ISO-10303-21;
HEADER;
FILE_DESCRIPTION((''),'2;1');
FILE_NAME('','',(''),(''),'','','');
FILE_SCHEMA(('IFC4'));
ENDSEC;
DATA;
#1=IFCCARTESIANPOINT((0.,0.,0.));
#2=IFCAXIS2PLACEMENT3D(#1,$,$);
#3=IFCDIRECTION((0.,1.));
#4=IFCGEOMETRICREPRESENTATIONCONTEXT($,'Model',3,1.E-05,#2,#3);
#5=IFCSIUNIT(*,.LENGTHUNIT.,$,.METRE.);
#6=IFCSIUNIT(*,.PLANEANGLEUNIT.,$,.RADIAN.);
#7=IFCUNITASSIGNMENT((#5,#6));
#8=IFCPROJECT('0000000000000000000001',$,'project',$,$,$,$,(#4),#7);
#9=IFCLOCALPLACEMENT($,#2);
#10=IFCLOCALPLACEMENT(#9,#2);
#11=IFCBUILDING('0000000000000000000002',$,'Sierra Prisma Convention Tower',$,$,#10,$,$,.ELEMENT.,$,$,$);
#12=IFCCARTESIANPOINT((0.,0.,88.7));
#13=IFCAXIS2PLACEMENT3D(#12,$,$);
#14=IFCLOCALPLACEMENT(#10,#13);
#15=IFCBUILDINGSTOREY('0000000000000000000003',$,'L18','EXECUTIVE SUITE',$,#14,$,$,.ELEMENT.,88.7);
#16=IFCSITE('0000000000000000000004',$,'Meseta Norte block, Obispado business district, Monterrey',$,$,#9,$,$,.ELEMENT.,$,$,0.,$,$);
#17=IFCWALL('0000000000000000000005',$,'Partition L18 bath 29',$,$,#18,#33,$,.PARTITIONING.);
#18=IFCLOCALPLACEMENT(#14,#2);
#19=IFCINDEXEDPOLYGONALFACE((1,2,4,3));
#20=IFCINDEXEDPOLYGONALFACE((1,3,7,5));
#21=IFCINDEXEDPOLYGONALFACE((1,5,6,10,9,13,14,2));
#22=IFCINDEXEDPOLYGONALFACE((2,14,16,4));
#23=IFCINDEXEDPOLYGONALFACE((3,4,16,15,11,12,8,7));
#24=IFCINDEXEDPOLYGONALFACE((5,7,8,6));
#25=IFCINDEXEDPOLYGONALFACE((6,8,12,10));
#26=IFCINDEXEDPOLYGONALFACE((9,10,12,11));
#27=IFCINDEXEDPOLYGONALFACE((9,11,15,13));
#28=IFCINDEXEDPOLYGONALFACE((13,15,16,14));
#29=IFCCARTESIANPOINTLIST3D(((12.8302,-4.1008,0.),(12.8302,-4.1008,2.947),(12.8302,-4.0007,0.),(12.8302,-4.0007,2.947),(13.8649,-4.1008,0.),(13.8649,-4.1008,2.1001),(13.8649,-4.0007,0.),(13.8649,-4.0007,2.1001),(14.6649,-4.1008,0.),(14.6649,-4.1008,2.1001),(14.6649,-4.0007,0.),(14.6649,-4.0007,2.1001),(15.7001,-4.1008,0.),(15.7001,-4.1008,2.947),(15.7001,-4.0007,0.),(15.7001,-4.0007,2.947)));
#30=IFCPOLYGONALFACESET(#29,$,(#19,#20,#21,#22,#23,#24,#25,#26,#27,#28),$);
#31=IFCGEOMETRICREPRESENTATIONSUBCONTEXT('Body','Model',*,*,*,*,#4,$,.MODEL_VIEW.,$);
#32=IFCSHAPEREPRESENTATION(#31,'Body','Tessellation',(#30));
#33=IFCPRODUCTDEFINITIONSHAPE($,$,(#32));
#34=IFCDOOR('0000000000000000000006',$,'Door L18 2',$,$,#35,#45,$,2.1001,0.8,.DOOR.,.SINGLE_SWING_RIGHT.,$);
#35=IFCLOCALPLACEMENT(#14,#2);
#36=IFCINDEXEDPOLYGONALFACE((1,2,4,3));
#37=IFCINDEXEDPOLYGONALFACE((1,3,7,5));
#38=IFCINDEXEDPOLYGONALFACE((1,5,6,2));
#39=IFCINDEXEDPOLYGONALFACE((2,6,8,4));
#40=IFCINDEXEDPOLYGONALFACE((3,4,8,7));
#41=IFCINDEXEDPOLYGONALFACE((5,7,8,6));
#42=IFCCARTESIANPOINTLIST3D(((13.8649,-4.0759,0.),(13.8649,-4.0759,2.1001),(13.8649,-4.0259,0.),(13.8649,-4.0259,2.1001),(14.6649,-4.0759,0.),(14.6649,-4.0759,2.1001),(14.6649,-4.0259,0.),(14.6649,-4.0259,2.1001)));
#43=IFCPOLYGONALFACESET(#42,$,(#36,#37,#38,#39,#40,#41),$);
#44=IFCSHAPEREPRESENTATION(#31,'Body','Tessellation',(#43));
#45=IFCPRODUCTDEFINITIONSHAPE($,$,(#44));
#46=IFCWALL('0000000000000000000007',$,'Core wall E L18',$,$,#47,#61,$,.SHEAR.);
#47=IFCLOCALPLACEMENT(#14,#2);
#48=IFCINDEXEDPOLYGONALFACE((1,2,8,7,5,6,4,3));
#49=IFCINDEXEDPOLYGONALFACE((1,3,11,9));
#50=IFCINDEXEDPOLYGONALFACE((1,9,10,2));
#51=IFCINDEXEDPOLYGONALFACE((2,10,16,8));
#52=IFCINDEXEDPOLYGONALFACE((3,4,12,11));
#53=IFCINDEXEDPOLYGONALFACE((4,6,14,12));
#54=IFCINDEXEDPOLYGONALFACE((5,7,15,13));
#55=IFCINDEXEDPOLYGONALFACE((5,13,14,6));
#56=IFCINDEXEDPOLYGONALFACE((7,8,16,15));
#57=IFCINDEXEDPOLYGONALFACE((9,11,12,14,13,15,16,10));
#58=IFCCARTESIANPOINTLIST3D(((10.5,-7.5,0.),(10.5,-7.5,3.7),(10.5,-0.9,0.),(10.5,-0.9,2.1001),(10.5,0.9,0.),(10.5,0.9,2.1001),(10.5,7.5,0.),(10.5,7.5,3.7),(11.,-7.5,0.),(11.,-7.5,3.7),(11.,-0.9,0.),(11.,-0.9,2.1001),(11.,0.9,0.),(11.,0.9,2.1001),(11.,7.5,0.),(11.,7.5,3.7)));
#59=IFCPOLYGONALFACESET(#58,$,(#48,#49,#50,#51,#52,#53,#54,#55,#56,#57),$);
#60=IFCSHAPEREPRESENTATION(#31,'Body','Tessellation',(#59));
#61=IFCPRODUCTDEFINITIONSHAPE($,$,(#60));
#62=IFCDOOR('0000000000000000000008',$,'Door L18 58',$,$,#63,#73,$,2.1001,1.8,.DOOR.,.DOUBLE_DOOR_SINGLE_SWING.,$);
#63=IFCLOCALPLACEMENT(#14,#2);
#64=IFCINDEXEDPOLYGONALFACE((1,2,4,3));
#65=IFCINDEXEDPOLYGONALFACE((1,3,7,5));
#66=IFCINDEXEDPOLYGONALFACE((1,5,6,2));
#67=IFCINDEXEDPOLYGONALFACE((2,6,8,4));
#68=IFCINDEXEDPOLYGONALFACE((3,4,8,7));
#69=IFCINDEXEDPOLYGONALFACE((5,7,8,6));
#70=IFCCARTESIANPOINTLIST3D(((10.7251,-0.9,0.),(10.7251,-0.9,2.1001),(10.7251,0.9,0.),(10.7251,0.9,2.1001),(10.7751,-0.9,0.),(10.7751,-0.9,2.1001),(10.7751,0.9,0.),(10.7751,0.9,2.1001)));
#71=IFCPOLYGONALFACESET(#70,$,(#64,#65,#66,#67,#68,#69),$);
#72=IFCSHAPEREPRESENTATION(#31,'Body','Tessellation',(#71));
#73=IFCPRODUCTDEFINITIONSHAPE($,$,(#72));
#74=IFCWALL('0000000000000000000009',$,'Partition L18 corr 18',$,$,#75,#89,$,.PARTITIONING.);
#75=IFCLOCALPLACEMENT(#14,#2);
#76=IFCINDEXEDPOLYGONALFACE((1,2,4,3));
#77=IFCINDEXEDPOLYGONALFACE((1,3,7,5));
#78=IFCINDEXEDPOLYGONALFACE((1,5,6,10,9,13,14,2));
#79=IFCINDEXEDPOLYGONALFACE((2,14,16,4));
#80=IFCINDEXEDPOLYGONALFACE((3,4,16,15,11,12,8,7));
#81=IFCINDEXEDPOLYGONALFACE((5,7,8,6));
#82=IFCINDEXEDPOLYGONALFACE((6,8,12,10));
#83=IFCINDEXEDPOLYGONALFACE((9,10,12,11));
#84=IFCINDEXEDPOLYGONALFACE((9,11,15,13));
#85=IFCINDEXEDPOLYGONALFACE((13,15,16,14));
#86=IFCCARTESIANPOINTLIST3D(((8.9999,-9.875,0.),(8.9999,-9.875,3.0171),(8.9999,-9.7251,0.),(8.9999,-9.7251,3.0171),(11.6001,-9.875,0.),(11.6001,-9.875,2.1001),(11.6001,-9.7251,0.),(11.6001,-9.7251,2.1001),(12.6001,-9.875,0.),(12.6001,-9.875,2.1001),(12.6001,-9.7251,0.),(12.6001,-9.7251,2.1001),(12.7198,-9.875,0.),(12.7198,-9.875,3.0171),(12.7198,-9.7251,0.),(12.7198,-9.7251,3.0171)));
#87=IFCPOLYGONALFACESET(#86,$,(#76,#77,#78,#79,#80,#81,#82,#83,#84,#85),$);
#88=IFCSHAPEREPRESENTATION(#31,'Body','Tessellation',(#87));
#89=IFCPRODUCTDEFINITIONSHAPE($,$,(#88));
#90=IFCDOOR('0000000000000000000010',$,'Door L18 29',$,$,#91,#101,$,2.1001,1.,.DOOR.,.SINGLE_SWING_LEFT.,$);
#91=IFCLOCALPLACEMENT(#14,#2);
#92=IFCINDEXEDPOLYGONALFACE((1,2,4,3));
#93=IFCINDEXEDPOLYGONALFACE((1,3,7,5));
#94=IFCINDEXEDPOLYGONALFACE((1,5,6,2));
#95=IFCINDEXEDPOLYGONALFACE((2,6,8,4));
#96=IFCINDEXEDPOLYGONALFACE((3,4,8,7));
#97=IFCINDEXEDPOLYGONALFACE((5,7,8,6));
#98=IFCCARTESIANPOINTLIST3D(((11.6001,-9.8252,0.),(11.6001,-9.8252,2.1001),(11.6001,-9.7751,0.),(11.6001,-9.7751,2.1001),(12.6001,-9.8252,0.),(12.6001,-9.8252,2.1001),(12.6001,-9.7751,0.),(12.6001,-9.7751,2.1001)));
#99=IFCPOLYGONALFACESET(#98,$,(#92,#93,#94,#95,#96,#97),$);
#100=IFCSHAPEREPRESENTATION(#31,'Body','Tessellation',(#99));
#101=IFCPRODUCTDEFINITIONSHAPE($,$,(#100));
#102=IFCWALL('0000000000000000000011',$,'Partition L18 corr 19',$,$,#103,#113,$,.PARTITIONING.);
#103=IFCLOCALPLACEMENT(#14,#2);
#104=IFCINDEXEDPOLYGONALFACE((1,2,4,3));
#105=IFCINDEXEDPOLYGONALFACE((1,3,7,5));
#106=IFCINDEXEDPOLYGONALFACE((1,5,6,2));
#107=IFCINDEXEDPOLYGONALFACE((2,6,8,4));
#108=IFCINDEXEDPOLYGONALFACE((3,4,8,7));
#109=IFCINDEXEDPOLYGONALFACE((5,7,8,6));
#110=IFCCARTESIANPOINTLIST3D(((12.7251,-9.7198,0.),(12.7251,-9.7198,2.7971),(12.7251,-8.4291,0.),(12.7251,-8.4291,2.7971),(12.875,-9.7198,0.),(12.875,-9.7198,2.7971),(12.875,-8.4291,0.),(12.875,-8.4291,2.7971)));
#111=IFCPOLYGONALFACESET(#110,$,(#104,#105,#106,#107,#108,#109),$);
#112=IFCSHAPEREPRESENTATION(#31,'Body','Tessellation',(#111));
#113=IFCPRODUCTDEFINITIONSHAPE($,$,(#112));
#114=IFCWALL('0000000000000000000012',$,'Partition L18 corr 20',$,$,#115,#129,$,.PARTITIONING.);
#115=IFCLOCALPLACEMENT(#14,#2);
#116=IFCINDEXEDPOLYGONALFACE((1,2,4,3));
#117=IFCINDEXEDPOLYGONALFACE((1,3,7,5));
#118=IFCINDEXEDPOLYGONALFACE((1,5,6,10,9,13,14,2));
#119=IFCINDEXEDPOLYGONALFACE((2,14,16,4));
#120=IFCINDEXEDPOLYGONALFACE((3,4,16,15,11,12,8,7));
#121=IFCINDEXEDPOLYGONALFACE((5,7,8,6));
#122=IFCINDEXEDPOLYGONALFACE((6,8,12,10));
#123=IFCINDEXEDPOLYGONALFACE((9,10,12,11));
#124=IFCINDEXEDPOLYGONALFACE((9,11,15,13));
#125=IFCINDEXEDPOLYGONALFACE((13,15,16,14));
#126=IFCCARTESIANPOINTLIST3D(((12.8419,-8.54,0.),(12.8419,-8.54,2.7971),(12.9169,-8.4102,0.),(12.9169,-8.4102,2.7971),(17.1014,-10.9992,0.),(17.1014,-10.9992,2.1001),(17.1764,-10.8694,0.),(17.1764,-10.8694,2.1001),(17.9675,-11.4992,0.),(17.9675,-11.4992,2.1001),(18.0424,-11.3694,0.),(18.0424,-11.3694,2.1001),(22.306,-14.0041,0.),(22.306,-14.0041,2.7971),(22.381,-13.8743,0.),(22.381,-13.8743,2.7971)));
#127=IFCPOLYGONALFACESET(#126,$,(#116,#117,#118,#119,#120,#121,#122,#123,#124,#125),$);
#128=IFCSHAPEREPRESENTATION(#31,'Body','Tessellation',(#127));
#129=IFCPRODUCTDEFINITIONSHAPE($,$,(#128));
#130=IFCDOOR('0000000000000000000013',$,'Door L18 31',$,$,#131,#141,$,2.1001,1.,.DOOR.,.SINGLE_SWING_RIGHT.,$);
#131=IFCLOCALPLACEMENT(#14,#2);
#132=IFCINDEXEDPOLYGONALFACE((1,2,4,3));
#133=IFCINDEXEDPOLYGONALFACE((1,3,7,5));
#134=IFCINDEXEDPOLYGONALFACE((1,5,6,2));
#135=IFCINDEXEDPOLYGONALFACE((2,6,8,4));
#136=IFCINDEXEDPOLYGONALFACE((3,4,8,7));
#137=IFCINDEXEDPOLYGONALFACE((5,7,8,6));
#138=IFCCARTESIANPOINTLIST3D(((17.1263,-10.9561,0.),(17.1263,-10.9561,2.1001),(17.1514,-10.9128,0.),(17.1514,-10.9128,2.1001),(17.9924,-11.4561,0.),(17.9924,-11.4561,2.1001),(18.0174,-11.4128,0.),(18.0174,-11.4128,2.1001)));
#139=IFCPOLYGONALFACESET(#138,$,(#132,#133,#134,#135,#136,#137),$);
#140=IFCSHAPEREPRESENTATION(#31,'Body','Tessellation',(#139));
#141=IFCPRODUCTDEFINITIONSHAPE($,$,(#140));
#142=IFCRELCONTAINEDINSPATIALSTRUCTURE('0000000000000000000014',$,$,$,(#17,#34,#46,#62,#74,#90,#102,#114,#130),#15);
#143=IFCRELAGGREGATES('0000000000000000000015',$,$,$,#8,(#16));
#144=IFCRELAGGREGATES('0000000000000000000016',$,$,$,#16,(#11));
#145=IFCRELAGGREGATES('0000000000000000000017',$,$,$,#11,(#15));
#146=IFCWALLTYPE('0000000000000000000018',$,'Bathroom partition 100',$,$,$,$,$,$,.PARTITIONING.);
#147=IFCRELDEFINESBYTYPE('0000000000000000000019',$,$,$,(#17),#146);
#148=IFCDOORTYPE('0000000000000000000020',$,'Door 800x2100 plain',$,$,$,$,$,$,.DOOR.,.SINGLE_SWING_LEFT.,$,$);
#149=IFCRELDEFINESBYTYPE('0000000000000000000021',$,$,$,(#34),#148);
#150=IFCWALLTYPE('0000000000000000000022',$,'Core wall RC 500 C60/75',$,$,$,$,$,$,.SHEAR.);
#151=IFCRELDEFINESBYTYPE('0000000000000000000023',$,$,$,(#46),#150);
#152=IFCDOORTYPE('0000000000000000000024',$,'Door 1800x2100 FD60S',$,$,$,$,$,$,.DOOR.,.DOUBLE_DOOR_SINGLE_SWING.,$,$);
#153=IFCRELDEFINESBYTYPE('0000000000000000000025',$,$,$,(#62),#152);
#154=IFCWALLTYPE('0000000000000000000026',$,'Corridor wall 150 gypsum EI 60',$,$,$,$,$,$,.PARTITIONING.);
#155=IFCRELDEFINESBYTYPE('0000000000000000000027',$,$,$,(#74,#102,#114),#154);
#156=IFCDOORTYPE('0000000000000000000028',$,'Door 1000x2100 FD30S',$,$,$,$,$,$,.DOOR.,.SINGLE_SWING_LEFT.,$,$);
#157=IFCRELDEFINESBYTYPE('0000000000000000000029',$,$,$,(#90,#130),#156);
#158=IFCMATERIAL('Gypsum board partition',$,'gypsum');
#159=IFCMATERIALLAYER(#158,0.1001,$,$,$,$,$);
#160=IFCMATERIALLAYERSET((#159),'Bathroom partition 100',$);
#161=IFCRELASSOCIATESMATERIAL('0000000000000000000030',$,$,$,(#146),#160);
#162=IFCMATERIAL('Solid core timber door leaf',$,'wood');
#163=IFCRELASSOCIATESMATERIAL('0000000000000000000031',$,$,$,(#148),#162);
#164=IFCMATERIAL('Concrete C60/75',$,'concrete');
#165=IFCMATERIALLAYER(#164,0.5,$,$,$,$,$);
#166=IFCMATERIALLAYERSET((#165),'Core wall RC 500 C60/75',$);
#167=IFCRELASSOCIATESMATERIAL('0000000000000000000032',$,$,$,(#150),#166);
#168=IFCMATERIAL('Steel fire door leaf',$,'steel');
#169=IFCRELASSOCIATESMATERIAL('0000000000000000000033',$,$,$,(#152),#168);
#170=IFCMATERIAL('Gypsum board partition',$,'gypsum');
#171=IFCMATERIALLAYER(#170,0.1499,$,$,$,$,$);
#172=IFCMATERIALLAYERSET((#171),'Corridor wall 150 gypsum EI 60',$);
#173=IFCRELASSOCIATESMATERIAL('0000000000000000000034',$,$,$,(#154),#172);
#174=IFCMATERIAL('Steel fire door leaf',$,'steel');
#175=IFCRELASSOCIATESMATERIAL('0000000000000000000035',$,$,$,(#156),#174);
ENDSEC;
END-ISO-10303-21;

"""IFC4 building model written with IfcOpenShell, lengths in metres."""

from ifc_helpers import new_model, si_unit, direction, frame, frame_2d, origin, place, context, subcontext, project, spatial, rectangle, extrude, material, layer, layer_set, type_object, element, fill, save


model = new_model("IFC4")

# Units and contexts
model_context = context("Model", 3, precision=1e-05, world=origin(), true_north=direction((0.0, 1.0)))
body_context = subcontext(model_context, "Body", "Model", "MODEL_VIEW")
ifc_project = project(units=[si_unit("LENGTHUNIT", "METRE"), si_unit("PLANEANGLEUNIT", "RADIAN")], contexts=[model_context])

# Site, building, storey
site_placement = place(None, origin())
site = spatial("IfcSite", under=ifc_project, at=site_placement, Name="Meseta Norte block, Obispado business district, Monterrey", CompositionType="ELEMENT", RefElevation=0.0)
building_placement = place(site_placement, origin())
building = spatial("IfcBuilding", under=site, at=building_placement, Name="Sierra Prisma Convention Tower", CompositionType="ELEMENT")
storey_placement = place(building_placement, frame((0.0, 0.0, 88.7)))
storey = spatial("IfcBuildingStorey", under=building, at=storey_placement, Name="L18", Description="EXECUTIVE SUITE", CompositionType="ELEMENT", Elevation=88.7)

# Walls, openings, doors
ifc_material_1 = material(Name="Gypsum board partition", Category="gypsum")
ifc_layer_1 = layer(ifc_material_1, 0.1001)
ifc_layer_set_1 = layer_set([ifc_layer_1], Name="Bathroom partition 100")
wall_type_1 = type_object("IfcWallType", Name="Bathroom partition 100", PredefinedType="PARTITIONING", material=ifc_layer_set_1)
wall_1_placement = place(storey_placement, frame((12.8301, -4.0508, 0.0), z_axis=(0.0, 0.0, 1.0), x_axis=(1.0, 0.0, 0.0)))
wall_1 = element("IfcWall", 1, at=wall_1_placement, inside=storey, type_object=wall_type_1, Name="Partition L18 bath 29", PredefinedType="PARTITIONING", context=body_context, shape_type="SweptSolid", body=[
    extrude(rectangle(XDim=2.8699, YDim=0.1001, at=frame_2d((1.4351, 0.0))), origin(), (0.0, 0.0, 1.0), 2.947),
])
opening_1_placement = place(wall_1_placement, frame((1.0349, 0.0, 0.0)))
opening_1 = element("IfcOpeningElement", 2, at=opening_1_placement, cuts=wall_1, PredefinedType="OPENING", context=body_context, shape_type="SweptSolid", body=[
    extrude(rectangle(XDim=0.8, YDim=2.1001, at=frame_2d((0.3999, 1.05))), frame((0.0, 0.05, 0.0), z_axis=(0.0, -1.0, 0.0), x_axis=(1.0, 0.0, 0.0)), (0.0, 0.0, 1.0), 0.1001),
])
ifc_material_2 = material(Name="Solid core timber door leaf", Category="wood")
door_type_1 = type_object("IfcDoorType", Name="Door 800x2100 plain", OperationType="SINGLE_SWING_LEFT", PredefinedType="DOOR", material=ifc_material_2)
door_1_placement = place(opening_1_placement, origin())
door_1 = element("IfcDoor", 3, at=door_1_placement, inside=storey, type_object=door_type_1, Name="Door L18 2", OperationType="SINGLE_SWING_RIGHT", OverallHeight=2.1001, OverallWidth=0.8, PredefinedType="DOOR", context=body_context, shape_type="SweptSolid", body=[
    extrude(rectangle(XDim=0.8, YDim=2.1001, at=frame_2d((0.3999, 1.05))), frame((0.0, 0.0249, 0.0), z_axis=(0.0, -1.0, 0.0), x_axis=(1.0, 0.0, 0.0)), (0.0, 0.0, 1.0), 0.05),
])
fill(opening_1, door_1)
ifc_material_3 = material(Name="Concrete C60/75", Category="concrete")
ifc_layer_2 = layer(ifc_material_3, 0.5)
ifc_layer_set_2 = layer_set([ifc_layer_2], Name="Core wall RC 500 C60/75")
wall_type_2 = type_object("IfcWallType", Name="Core wall RC 500 C60/75", PredefinedType="SHEAR", material=ifc_layer_set_2)
wall_2_placement = place(storey_placement, frame((10.75, -7.5, 0.0), z_axis=(0.0, 0.0, 1.0), x_axis=(0.0, 1.0, 0.0)))
wall_2 = element("IfcWall", 4, at=wall_2_placement, inside=storey, type_object=wall_type_2, Name="Core wall E L18", PredefinedType="SHEAR", context=body_context, shape_type="SweptSolid", body=[
    extrude(rectangle(XDim=15.0, YDim=0.5, at=frame_2d((7.5, 0.0))), origin(), (0.0, 0.0, 1.0), 3.7),
])
opening_2_placement = place(wall_2_placement, frame((6.6001, 0.0, 0.0)))
opening_2 = element("IfcOpeningElement", 5, at=opening_2_placement, cuts=wall_2, PredefinedType="OPENING", context=body_context, shape_type="SweptSolid", body=[
    extrude(rectangle(XDim=1.8, YDim=2.1001, at=frame_2d((0.8999, 1.05))), frame((0.0, 0.25, 0.0), z_axis=(0.0, -1.0, 0.0), x_axis=(1.0, 0.0, 0.0)), (0.0, 0.0, 1.0), 0.5),
])
ifc_material_4 = material(Name="Steel fire door leaf", Category="steel")
door_type_2 = type_object("IfcDoorType", Name="Door 1800x2100 FD60S", OperationType="DOUBLE_DOOR_SINGLE_SWING", PredefinedType="DOOR", material=ifc_material_4)
door_2_placement = place(opening_2_placement, origin())
door_2 = element("IfcDoor", 6, at=door_2_placement, inside=storey, type_object=door_type_2, Name="Door L18 58", OperationType="DOUBLE_DOOR_SINGLE_SWING", OverallHeight=2.1001, OverallWidth=1.8, PredefinedType="DOOR", context=body_context, shape_type="SweptSolid", body=[
    extrude(rectangle(XDim=1.8, YDim=2.1001, at=frame_2d((0.8999, 1.05))), frame((0.0, 0.0249, 0.0), z_axis=(0.0, -1.0, 0.0), x_axis=(1.0, 0.0, 0.0)), (0.0, 0.0, 1.0), 0.05),
])
fill(opening_2, door_2)
ifc_material_5 = material(Name="Gypsum board partition", Category="gypsum")
ifc_layer_3 = layer(ifc_material_5, 0.1499)
ifc_layer_set_3 = layer_set([ifc_layer_3], Name="Corridor wall 150 gypsum EI 60")
wall_type_3 = type_object("IfcWallType", Name="Corridor wall 150 gypsum EI 60", PredefinedType="PARTITIONING", material=ifc_layer_set_3)
wall_3_placement = place(storey_placement, frame((9.0, -9.8, 0.0), z_axis=(0.0, 0.0, 1.0), x_axis=(1.0, 0.0, 0.0)))
wall_3 = element("IfcWall", 7, at=wall_3_placement, inside=storey, type_object=wall_type_3, Name="Partition L18 corr 18", PredefinedType="PARTITIONING", context=body_context, shape_type="SweptSolid", body=[
    extrude(rectangle(XDim=3.72, YDim=0.1499, at=frame_2d((1.8599, 0.0))), origin(), (0.0, 0.0, 1.0), 3.0171),
])
opening_3_placement = place(wall_3_placement, frame((2.6001, 0.0, 0.0)))
opening_3 = element("IfcOpeningElement", 8, at=opening_3_placement, cuts=wall_3, PredefinedType="OPENING", context=body_context, shape_type="SweptSolid", body=[
    extrude(rectangle(XDim=1.0, YDim=2.1001, at=frame_2d((0.5, 1.05))), frame((0.0, 0.075, 0.0), z_axis=(0.0, -1.0, 0.0), x_axis=(1.0, 0.0, 0.0)), (0.0, 0.0, 1.0), 0.1499),
])
ifc_material_6 = material(Name="Steel fire door leaf", Category="steel")
door_type_3 = type_object("IfcDoorType", Name="Door 1000x2100 FD30S", OperationType="SINGLE_SWING_LEFT", PredefinedType="DOOR", material=ifc_material_6)
door_3_placement = place(opening_3_placement, origin())
door_3 = element("IfcDoor", 9, at=door_3_placement, inside=storey, type_object=door_type_3, Name="Door L18 29", OperationType="SINGLE_SWING_LEFT", OverallHeight=2.1001, OverallWidth=1.0, PredefinedType="DOOR", context=body_context, shape_type="SweptSolid", body=[
    extrude(rectangle(XDim=1.0, YDim=2.1001, at=frame_2d((0.5, 1.05))), frame((0.0, 0.0249, 0.0), z_axis=(0.0, -1.0, 0.0), x_axis=(1.0, 0.0, 0.0)), (0.0, 0.0, 1.0), 0.05),
])
fill(opening_3, door_3)

# Wall
wall_4_placement = place(storey_placement, frame((12.8, -9.72, 0.0), z_axis=(0.0, 0.0, 1.0), x_axis=(0.0, 1.0, 0.0)))
element("IfcWall", 10, at=wall_4_placement, inside=storey, type_object=wall_type_3, Name="Partition L18 corr 19", PredefinedType="PARTITIONING", context=body_context, shape_type="SweptSolid", body=[
    extrude(rectangle(XDim=1.2908, YDim=0.1499, at=frame_2d((0.6455, 0.0))), origin(), (0.0, 0.0, 1.0), 2.7971),
])

# Wall, opening, door
wall_5_placement = place(storey_placement, frame((12.8794, -8.4751, 0.0), z_axis=(0.0, 0.0, 1.0), x_axis=(0.866025, -0.5, 0.0)))
wall_5 = element("IfcWall", 11, at=wall_5_placement, inside=storey, type_object=wall_type_3, Name="Partition L18 corr 20", PredefinedType="PARTITIONING", context=body_context, shape_type="SweptSolid", body=[
    extrude(rectangle(XDim=10.9282, YDim=0.1499, at=frame_2d((5.4641, 0.0))), origin(), (0.0, 0.0, 1.0), 2.7971),
])
opening_4_placement = place(wall_5_placement, frame((4.9185, 0.0, 0.0)))
opening_4 = element("IfcOpeningElement", 12, at=opening_4_placement, cuts=wall_5, PredefinedType="OPENING", context=body_context, shape_type="SweptSolid", body=[
    extrude(rectangle(XDim=1.0, YDim=2.1001, at=frame_2d((0.5, 1.05))), frame((0.0, 0.075, 0.0), z_axis=(0.0, -1.0, 0.0), x_axis=(1.0, 0.0, 0.0)), (0.0, 0.0, 1.0), 0.1499),
])
door_4_placement = place(opening_4_placement, origin())
door_4 = element("IfcDoor", 13, at=door_4_placement, inside=storey, type_object=door_type_3, Name="Door L18 31", OperationType="SINGLE_SWING_RIGHT", OverallHeight=2.1001, OverallWidth=1.0, PredefinedType="DOOR", context=body_context, shape_type="SweptSolid", body=[
    extrude(rectangle(XDim=1.0, YDim=2.1001, at=frame_2d((0.5, 1.05))), frame((0.0, 0.0249, 0.0), z_axis=(0.0, -1.0, 0.0), x_axis=(1.0, 0.0, 0.0)), (0.0, 0.0, 1.0), 0.05),
])
fill(opening_4, door_4)

save(model, "model.ifc")
